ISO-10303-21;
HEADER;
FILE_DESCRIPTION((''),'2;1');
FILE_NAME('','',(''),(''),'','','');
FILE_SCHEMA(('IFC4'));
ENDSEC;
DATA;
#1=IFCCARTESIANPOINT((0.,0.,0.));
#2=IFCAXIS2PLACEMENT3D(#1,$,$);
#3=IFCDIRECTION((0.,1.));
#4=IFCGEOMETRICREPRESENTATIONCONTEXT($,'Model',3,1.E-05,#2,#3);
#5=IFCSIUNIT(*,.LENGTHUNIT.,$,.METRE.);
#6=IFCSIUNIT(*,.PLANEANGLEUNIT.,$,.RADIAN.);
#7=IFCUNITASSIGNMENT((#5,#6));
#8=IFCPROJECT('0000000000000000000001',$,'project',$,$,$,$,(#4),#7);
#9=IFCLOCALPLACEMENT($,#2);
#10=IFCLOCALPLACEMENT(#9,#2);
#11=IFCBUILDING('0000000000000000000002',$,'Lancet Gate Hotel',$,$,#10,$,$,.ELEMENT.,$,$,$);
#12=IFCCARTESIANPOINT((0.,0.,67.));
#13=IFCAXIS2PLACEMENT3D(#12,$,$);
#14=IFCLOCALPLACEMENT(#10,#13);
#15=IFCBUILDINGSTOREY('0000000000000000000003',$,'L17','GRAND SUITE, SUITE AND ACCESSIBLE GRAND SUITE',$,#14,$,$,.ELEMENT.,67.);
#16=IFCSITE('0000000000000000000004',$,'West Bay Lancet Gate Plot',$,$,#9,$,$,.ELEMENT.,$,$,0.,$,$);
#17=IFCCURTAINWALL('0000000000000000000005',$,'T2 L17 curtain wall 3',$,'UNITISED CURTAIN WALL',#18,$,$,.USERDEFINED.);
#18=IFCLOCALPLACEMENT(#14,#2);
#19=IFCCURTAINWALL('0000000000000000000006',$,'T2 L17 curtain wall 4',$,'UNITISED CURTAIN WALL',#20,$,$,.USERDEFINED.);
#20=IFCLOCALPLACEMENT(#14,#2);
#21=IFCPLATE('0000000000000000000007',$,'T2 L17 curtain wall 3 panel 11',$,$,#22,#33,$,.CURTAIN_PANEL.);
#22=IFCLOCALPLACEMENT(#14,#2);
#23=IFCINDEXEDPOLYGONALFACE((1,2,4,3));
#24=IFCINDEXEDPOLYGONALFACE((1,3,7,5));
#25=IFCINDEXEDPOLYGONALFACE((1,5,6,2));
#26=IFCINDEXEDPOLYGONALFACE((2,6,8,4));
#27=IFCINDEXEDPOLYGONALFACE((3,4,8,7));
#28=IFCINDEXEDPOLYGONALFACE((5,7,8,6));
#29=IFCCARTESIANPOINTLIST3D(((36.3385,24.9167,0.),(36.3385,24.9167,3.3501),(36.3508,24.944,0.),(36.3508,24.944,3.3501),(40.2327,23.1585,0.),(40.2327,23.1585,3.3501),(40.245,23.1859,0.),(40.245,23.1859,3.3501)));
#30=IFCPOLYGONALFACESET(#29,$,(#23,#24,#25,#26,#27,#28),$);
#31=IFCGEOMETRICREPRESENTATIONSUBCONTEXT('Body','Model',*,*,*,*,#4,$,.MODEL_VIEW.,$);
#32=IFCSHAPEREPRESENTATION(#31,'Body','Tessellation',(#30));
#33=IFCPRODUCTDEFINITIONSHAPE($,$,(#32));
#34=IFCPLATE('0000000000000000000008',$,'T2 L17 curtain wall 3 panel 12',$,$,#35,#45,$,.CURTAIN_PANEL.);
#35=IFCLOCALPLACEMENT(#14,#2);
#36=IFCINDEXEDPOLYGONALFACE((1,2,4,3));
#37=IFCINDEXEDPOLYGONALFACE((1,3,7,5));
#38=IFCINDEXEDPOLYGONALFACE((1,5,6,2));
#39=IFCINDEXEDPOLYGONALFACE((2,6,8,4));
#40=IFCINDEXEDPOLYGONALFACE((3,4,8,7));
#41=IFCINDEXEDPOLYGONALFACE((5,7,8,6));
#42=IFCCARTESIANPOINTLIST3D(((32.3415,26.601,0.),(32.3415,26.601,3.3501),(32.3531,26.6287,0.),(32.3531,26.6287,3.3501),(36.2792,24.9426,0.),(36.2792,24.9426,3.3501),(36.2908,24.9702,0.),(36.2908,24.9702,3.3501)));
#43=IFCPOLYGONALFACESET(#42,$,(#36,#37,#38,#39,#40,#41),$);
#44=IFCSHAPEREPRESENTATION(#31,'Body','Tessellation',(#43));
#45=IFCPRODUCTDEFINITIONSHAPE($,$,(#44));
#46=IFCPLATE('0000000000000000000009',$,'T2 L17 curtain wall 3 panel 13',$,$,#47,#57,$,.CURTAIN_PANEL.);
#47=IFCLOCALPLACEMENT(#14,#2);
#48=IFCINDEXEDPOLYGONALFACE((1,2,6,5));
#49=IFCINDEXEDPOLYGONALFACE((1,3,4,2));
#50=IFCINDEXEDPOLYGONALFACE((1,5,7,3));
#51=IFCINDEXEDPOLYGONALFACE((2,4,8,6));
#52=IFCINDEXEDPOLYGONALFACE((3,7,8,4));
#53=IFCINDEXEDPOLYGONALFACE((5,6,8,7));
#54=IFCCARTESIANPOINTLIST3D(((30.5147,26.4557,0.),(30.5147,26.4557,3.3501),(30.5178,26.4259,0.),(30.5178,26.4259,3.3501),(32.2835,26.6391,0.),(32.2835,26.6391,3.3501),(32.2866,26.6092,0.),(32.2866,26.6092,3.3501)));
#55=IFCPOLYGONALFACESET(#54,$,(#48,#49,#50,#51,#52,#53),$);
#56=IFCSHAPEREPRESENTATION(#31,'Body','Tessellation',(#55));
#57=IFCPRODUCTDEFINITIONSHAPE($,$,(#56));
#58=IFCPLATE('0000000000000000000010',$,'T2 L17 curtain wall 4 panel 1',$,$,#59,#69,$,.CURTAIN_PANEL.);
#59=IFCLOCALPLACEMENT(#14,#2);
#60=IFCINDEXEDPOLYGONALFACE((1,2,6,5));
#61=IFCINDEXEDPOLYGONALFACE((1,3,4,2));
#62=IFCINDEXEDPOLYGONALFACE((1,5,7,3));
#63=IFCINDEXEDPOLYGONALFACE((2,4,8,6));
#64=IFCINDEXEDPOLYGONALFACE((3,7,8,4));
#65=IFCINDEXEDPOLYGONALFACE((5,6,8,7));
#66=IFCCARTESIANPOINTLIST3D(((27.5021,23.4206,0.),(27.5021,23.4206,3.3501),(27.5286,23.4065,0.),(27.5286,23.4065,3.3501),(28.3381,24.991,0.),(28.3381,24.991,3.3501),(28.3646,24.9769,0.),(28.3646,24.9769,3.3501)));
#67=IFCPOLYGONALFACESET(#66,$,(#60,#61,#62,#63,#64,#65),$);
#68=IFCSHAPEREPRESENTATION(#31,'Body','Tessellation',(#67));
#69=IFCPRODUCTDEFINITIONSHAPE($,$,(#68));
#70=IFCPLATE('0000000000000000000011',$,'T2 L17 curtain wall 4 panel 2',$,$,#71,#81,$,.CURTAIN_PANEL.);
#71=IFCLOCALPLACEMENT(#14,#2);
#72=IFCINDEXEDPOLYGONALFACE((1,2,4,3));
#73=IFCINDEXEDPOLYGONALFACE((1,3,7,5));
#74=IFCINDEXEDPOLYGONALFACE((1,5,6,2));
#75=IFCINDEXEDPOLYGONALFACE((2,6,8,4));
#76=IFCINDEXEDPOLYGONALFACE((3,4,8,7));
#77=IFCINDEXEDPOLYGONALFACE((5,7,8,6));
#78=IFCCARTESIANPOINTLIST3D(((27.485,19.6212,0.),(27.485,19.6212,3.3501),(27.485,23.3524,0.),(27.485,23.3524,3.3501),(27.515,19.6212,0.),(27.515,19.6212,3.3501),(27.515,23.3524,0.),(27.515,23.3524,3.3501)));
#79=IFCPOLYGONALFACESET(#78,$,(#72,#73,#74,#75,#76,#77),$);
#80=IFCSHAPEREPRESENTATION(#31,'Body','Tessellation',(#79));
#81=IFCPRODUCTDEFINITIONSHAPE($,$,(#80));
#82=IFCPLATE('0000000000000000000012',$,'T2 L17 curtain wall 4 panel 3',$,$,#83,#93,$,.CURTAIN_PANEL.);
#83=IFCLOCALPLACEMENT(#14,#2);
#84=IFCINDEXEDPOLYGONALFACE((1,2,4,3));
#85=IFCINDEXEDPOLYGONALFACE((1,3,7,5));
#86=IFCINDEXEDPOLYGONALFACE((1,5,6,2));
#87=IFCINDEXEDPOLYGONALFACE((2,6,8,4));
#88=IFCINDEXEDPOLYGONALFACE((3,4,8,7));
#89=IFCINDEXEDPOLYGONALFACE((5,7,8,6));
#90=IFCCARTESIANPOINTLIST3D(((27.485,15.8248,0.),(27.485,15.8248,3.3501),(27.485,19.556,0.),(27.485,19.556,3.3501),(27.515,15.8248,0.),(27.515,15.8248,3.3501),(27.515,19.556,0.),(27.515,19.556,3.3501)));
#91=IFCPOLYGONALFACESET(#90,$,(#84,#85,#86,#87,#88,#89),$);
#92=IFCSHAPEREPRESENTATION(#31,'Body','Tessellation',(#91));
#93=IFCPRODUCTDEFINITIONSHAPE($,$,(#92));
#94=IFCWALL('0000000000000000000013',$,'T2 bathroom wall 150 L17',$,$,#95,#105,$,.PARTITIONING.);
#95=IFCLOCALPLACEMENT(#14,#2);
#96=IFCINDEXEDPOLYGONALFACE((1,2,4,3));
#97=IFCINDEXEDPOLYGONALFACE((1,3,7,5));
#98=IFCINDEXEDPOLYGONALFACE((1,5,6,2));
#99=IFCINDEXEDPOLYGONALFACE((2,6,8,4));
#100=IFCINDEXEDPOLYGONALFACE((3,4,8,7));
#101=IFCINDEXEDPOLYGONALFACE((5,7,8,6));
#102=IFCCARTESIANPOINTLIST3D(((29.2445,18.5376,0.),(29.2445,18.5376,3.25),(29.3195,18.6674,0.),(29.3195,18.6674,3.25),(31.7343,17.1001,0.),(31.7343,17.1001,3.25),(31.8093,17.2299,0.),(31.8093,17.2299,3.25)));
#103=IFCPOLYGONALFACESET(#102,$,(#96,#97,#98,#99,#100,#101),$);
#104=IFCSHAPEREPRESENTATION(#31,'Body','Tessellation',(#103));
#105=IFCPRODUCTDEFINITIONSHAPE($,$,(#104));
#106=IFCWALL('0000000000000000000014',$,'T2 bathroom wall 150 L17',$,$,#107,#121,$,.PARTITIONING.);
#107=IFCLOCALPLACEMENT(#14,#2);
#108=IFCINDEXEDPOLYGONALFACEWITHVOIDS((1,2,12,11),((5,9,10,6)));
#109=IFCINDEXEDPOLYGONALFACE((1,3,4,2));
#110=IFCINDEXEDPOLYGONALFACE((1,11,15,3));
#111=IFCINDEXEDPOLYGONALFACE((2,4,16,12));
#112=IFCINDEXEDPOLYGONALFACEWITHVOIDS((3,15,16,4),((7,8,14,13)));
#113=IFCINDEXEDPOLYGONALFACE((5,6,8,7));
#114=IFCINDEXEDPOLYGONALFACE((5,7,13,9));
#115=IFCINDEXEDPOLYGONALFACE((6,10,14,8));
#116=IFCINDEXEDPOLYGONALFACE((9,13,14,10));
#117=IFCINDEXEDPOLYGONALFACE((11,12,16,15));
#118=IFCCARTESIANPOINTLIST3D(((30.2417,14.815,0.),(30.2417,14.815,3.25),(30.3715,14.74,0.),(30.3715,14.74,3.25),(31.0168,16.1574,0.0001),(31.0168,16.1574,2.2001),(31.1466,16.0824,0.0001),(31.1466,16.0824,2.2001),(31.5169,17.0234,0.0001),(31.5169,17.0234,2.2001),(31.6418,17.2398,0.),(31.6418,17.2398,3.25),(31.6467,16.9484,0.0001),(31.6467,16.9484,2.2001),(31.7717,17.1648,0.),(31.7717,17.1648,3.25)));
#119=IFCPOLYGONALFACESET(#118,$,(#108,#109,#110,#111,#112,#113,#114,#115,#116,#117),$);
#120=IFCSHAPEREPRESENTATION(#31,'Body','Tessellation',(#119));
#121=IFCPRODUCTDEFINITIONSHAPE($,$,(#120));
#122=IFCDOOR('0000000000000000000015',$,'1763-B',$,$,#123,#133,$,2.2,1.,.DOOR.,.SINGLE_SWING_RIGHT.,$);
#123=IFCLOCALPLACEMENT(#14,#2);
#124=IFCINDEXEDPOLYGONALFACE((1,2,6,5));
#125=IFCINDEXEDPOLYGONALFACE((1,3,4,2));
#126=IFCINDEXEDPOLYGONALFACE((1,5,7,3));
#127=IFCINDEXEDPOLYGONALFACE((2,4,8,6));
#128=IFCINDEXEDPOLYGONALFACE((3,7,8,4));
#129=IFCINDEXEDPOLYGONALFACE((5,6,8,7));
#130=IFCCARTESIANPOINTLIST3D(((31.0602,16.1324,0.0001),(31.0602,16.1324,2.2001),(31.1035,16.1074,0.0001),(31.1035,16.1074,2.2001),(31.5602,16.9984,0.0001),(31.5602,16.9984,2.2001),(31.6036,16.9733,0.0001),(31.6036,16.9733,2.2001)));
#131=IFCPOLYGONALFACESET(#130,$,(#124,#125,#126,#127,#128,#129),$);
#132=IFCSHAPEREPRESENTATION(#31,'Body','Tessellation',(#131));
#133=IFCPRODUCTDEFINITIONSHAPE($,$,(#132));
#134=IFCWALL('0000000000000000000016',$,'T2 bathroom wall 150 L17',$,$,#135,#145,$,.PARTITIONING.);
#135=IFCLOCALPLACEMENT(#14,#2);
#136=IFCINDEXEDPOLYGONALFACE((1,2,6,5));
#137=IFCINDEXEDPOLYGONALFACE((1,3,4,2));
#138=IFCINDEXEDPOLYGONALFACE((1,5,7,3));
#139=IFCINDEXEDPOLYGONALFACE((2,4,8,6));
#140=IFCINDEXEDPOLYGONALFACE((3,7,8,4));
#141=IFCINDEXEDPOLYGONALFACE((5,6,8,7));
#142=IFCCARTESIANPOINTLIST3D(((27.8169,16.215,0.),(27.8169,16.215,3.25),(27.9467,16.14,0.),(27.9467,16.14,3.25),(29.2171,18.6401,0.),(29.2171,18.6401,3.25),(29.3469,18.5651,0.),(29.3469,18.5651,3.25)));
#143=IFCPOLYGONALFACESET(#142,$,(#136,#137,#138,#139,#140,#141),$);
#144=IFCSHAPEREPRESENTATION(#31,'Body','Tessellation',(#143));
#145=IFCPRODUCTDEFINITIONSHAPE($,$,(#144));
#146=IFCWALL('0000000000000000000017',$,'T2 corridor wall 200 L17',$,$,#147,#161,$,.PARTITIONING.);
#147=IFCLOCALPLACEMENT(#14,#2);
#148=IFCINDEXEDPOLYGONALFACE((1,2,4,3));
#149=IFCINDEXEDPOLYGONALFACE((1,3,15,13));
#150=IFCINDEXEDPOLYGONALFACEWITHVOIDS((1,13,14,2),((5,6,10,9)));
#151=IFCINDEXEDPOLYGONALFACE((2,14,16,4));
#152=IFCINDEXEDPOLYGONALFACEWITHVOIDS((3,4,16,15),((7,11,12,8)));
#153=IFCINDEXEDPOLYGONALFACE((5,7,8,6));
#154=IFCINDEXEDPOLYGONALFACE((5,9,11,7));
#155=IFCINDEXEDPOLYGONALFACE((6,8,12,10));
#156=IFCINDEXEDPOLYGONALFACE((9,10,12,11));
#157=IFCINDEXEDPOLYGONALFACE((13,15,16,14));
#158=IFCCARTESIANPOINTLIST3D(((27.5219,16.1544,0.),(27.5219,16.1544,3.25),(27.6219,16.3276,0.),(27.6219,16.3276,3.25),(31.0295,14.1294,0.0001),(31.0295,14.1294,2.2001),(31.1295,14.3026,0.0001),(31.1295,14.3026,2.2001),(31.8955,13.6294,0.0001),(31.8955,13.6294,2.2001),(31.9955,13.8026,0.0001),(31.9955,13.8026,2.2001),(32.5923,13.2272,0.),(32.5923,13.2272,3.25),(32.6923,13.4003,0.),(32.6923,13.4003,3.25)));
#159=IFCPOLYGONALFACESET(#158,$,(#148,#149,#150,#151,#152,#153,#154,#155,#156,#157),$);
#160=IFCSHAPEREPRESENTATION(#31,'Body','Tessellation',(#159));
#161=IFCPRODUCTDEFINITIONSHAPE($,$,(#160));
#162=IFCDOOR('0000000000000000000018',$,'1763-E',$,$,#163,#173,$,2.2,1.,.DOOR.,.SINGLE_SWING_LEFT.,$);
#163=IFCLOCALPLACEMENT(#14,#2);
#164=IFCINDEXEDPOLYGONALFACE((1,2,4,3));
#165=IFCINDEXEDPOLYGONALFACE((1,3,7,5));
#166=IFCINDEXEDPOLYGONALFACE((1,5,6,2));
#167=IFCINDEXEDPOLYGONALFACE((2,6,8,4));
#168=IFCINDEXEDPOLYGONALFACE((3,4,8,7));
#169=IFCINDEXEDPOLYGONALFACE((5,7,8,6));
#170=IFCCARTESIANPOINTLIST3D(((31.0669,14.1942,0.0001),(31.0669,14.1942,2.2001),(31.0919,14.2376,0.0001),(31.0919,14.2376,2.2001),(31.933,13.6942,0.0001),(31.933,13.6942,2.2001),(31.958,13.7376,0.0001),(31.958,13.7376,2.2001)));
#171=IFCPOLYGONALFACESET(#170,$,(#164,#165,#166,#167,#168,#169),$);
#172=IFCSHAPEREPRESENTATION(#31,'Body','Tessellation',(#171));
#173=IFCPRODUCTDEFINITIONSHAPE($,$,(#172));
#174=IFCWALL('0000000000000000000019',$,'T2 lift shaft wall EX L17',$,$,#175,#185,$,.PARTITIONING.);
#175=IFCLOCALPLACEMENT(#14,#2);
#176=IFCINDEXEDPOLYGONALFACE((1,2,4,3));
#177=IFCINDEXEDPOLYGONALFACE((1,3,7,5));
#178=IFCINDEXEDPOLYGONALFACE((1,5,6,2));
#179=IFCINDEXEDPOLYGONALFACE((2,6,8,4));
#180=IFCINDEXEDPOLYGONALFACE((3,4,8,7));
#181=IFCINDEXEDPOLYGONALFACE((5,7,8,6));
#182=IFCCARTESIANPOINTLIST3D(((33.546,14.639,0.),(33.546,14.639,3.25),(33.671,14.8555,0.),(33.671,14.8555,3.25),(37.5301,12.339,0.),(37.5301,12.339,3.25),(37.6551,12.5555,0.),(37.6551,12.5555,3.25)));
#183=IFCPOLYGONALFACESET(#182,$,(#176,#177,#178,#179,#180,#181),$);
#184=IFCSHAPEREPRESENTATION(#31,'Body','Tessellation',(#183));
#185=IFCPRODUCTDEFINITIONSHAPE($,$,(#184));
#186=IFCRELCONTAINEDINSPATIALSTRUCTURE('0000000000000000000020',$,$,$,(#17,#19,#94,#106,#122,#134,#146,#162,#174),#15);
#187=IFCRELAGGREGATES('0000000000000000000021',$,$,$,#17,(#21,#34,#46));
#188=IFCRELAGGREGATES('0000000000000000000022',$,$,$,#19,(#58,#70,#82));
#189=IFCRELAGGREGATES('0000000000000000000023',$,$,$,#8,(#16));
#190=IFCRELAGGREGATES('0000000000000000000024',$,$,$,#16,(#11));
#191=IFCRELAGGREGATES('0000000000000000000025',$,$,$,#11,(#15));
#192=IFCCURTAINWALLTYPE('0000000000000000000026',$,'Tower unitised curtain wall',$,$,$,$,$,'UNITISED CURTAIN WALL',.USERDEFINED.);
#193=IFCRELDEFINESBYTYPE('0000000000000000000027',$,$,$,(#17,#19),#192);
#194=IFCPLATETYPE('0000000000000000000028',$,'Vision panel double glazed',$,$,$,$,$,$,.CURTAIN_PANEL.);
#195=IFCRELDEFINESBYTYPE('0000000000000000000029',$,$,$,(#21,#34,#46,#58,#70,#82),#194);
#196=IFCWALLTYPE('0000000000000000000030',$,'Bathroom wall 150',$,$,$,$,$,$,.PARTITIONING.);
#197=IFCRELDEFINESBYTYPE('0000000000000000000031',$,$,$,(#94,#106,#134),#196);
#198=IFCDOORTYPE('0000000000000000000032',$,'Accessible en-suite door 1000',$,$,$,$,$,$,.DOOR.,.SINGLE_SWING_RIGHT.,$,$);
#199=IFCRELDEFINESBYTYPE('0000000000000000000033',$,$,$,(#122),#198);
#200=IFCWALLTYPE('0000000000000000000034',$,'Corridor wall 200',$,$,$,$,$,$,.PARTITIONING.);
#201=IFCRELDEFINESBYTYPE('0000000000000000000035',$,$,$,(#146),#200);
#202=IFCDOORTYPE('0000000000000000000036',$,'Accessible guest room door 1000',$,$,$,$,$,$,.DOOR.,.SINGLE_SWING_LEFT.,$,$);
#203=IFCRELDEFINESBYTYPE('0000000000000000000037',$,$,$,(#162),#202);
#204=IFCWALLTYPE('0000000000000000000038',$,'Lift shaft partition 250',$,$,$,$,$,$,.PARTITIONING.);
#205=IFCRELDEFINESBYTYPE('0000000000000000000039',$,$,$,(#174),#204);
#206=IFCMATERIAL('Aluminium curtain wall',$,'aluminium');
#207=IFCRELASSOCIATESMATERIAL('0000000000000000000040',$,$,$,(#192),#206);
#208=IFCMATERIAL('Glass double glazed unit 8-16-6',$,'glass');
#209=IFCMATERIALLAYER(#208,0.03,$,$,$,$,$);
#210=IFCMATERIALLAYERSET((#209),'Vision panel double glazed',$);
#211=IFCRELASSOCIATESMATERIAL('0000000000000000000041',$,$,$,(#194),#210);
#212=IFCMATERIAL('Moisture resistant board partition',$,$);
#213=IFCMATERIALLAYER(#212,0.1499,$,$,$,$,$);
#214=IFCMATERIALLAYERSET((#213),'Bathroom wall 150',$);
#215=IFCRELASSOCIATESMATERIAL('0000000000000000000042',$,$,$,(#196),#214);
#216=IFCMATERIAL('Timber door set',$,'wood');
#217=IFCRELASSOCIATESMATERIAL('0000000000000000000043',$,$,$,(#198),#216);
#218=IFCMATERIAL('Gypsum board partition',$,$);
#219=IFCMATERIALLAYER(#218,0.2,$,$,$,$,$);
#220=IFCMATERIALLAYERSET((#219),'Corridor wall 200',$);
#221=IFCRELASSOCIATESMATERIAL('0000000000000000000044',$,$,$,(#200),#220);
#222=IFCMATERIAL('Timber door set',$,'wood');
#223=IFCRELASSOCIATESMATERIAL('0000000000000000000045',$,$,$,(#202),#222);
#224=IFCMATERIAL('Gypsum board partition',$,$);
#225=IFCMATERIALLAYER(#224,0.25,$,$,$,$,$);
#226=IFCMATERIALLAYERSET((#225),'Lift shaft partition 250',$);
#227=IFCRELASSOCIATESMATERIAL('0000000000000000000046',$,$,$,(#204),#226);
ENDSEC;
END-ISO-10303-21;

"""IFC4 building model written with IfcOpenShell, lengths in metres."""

from ifc_helpers import new_model, si_unit, direction, frame, frame_2d, origin, origin_2d, place, context, subcontext, project, spatial, rectangle, extrude, material, layer, layer_set, type_object, element, fill, aggregate, save


model = new_model("IFC4")

# Units and contexts
model_context = context("Model", 3, precision=1e-05, world=origin(), true_north=direction((0.0, 1.0)))
body_context = subcontext(model_context, "Body", "Model", "MODEL_VIEW")
ifc_project = project(units=[si_unit("LENGTHUNIT", "METRE"), si_unit("PLANEANGLEUNIT", "RADIAN")], contexts=[model_context])

# Site, building, storey
site_placement = place(None, origin())
site = spatial("IfcSite", under=ifc_project, at=site_placement, Name="West Bay Lancet Gate Plot", CompositionType="ELEMENT", RefElevation=0.0)
building_placement = place(site_placement, origin())
building = spatial("IfcBuilding", under=site, at=building_placement, Name="Lancet Gate Hotel", CompositionType="ELEMENT")
storey_placement = place(building_placement, frame((0.0, 0.0, 67.0)))
storey = spatial("IfcBuildingStorey", under=building, at=storey_placement, Name="L17", Description="GRAND SUITE, SUITE AND ACCESSIBLE GRAND SUITE", CompositionType="ELEMENT", Elevation=67.0)

# Curtain walls
ifc_material_1 = material(Name="Aluminium curtain wall", Category="aluminium")
curtain_wall_type = type_object("IfcCurtainWallType", Name="Tower unitised curtain wall", ElementType="UNITISED CURTAIN WALL", PredefinedType="USERDEFINED", material=ifc_material_1)
curtain_wall_1_placement = place(storey_placement, origin())
curtain_wall_1 = element("IfcCurtainWall", 1, at=curtain_wall_1_placement, inside=storey, type_object=curtain_wall_type, Name="T2 L17 curtain wall 3", ObjectType="UNITISED CURTAIN WALL", PredefinedType="USERDEFINED")
curtain_wall_2_placement = place(storey_placement, origin())
curtain_wall_2 = element("IfcCurtainWall", 2, at=curtain_wall_2_placement, inside=storey, type_object=curtain_wall_type, Name="T2 L17 curtain wall 4", ObjectType="UNITISED CURTAIN WALL", PredefinedType="USERDEFINED")

# Plates
ifc_material_2 = material(Name="Glass double glazed unit 8-16-6", Category="glass")
ifc_layer_1 = layer(ifc_material_2, 0.03)
ifc_layer_set_1 = layer_set([ifc_layer_1], Name="Vision panel double glazed")
plate_type = type_object("IfcPlateType", Name="Vision panel double glazed", PredefinedType="CURTAIN_PANEL", material=ifc_layer_set_1)
plate_1_placement = place(storey_placement, frame((38.2917, 24.0513, 0.0), z_axis=(0.0, 0.0, 1.0), x_axis=(-0.911416, 0.411487, 0.0)))
plate_1 = element("IfcPlate", 3, at=plate_1_placement, type_object=plate_type, Name="T2 L17 curtain wall 3 panel 11", PredefinedType="CURTAIN_PANEL", context=body_context, shape_type="SweptSolid", body=[
    extrude(rectangle(XDim=4.2727, YDim=0.03, at=origin_2d()), origin(), (0.0, 0.0, 1.0), 3.3501),
])
plate_2_placement = place(storey_placement, frame((34.3162, 25.7856, 0.0), z_axis=(0.0, 0.0, 1.0), x_axis=(-0.921593, 0.388157, 0.0)))
plate_2 = element("IfcPlate", 4, at=plate_2_placement, type_object=plate_type, Name="T2 L17 curtain wall 3 panel 12", PredefinedType="CURTAIN_PANEL", context=body_context, shape_type="SweptSolid", body=[
    extrude(rectangle(XDim=4.2727, YDim=0.03, at=origin_2d()), origin(), (0.0, 0.0, 1.0), 3.3501),
])
plate_3_placement = place(storey_placement, frame((31.4006, 26.5325, 0.0), z_axis=(0.0, 0.0, 1.0), x_axis=(-0.994672, -0.103088, 0.0)))
plate_3 = element("IfcPlate", 5, at=plate_3_placement, type_object=plate_type, Name="T2 L17 curtain wall 3 panel 13", PredefinedType="CURTAIN_PANEL", context=body_context, shape_type="SweptSolid", body=[
    extrude(rectangle(XDim=1.7783, YDim=0.03, at=origin_2d()), origin(), (0.0, 0.0, 1.0), 3.3501),
])
aggregate(curtain_wall_1, [plate_1, plate_2, plate_3])
plate_4_placement = place(storey_placement, frame((27.9333, 24.1987, 0.0), z_axis=(0.0, 0.0, 1.0), x_axis=(-0.469898, -0.882721, 0.0)))
plate_4 = element("IfcPlate", 6, at=plate_4_placement, type_object=plate_type, Name="T2 L17 curtain wall 4 panel 1", PredefinedType="CURTAIN_PANEL", context=body_context, shape_type="SweptSolid", body=[
    extrude(rectangle(XDim=1.7791, YDim=0.03, at=origin_2d()), origin(), (0.0, 0.0, 1.0), 3.3501),
])
plate_5_placement = place(storey_placement, frame((27.5, 21.4868, 0.0), z_axis=(0.0, 0.0, 1.0), x_axis=(0.0, -1.0, 0.0)))
plate_5 = element("IfcPlate", 7, at=plate_5_placement, type_object=plate_type, Name="T2 L17 curtain wall 4 panel 2", PredefinedType="CURTAIN_PANEL", context=body_context, shape_type="SweptSolid", body=[
    extrude(rectangle(XDim=3.7312, YDim=0.03, at=origin_2d()), origin(), (0.0, 0.0, 1.0), 3.3501),
])
plate_6_placement = place(storey_placement, frame((27.5, 17.6904, 0.0), z_axis=(0.0, 0.0, 1.0), x_axis=(0.0, -1.0, 0.0)))
plate_6 = element("IfcPlate", 8, at=plate_6_placement, type_object=plate_type, Name="T2 L17 curtain wall 4 panel 3", PredefinedType="CURTAIN_PANEL", context=body_context, shape_type="SweptSolid", body=[
    extrude(rectangle(XDim=3.7312, YDim=0.03, at=origin_2d()), origin(), (0.0, 0.0, 1.0), 3.3501),
])
aggregate(curtain_wall_2, [plate_4, plate_5, plate_6])

# Wall
ifc_material_3 = material(Name="Moisture resistant board partition")
ifc_layer_2 = layer(ifc_material_3, 0.1499)
ifc_layer_set_2 = layer_set([ifc_layer_2], Name="Bathroom wall 150")
wall_type_1 = type_object("IfcWallType", Name="Bathroom wall 150", PredefinedType="PARTITIONING", material=ifc_layer_set_2)
wall_1_placement = place(storey_placement, frame((29.282, 18.6025, 0.0), z_axis=(0.0, 0.0, 1.0), x_axis=(0.866019, -0.500012, 0.0)))
element("IfcWall", 9, at=wall_1_placement, inside=storey, type_object=wall_type_1, Name="T2 bathroom wall 150 L17", PredefinedType="PARTITIONING", context=body_context, shape_type="SweptSolid", body=[
    extrude(rectangle(XDim=2.875, YDim=0.1499, at=frame_2d((1.4375, 0.0))), origin(), (0.0, 0.0, 1.0), 3.25),
])

# Wall, opening, door
wall_2_placement = place(storey_placement, frame((30.3066, 14.7776, 0.0), z_axis=(0.0, 0.0, 1.0), x_axis=(0.50005, 0.865997, 0.0)))
wall_2 = element("IfcWall", 10, at=wall_2_placement, inside=storey, type_object=wall_type_1, Name="T2 bathroom wall 150 L17", PredefinedType="PARTITIONING", context=body_context, shape_type="SweptSolid", body=[
    extrude(rectangle(XDim=2.8, YDim=0.1499, at=frame_2d((1.3999, 0.0))), origin(), (0.0, 0.0, 1.0), 3.25),
])
opening_1_placement = place(wall_2_placement, frame((1.55, 0.0, 0.0)))
opening_1 = element("IfcOpeningElement", 11, at=opening_1_placement, cuts=wall_2, PredefinedType="OPENING", context=body_context, shape_type="SweptSolid", body=[
    extrude(rectangle(XDim=1.0, YDim=2.2, at=frame_2d((0.5, 1.1001))), frame((0.0, 0.085, 0.0), z_axis=(0.0, -1.0, 0.0), x_axis=(1.0, 0.0, 0.0)), (0.0, 0.0, 1.0), 0.1699),
])
ifc_material_4 = material(Name="Timber door set", Category="wood")
door_type_1 = type_object("IfcDoorType", Name="Accessible en-suite door 1000", OperationType="SINGLE_SWING_RIGHT", PredefinedType="DOOR", material=ifc_material_4)
door_1_placement = place(opening_1_placement, origin())
door_1 = element("IfcDoor", 12, at=door_1_placement, inside=storey, type_object=door_type_1, Name="1763-B", OperationType="SINGLE_SWING_RIGHT", OverallHeight=2.2, OverallWidth=1.0, PredefinedType="DOOR", context=body_context, shape_type="SweptSolid", body=[
    extrude(rectangle(XDim=1.0, YDim=2.2, at=frame_2d((0.5, 1.1001))), frame((0.0, 0.0249, 0.0), z_axis=(0.0, -1.0, 0.0), x_axis=(1.0, 0.0, 0.0)), (0.0, 0.0, 1.0), 0.05),
])
fill(opening_1, door_1)

# Wall
wall_3_placement = place(storey_placement, frame((27.8818, 16.1775, 0.0), z_axis=(0.0, 0.0, 1.0), x_axis=(0.500012, 0.866019, 0.0)))
element("IfcWall", 13, at=wall_3_placement, inside=storey, type_object=wall_type_1, Name="T2 bathroom wall 150 L17", PredefinedType="PARTITIONING", context=body_context, shape_type="SweptSolid", body=[
    extrude(rectangle(XDim=2.8003, YDim=0.1499, at=frame_2d((1.4001, 0.0))), origin(), (0.0, 0.0, 1.0), 3.25),
])

# Wall, opening, door
ifc_material_5 = material(Name="Gypsum board partition")
ifc_layer_3 = layer(ifc_material_5, 0.2)
ifc_layer_set_3 = layer_set([ifc_layer_3], Name="Corridor wall 200")
wall_type_2 = type_object("IfcWallType", Name="Corridor wall 200", PredefinedType="PARTITIONING", material=ifc_layer_set_3)
wall_4_placement = place(storey_placement, frame((27.572, 16.241, 0.0), z_axis=(0.0, 0.0, 1.0), x_axis=(0.866033, -0.499987, 0.0)))
wall_4 = element("IfcWall", 14, at=wall_4_placement, inside=storey, type_object=wall_type_2, Name="T2 corridor wall 200 L17", PredefinedType="PARTITIONING", context=body_context, shape_type="SweptSolid", body=[
    extrude(rectangle(XDim=5.8547, YDim=0.2, at=frame_2d((2.9272, 0.0))), origin(), (0.0, 0.0, 1.0), 3.25),
])
opening_2_placement = place(wall_4_placement, frame((4.05, 0.0, 0.0)))
opening_2 = element("IfcOpeningElement", 15, at=opening_2_placement, cuts=wall_4, PredefinedType="OPENING", context=body_context, shape_type="SweptSolid", body=[
    extrude(rectangle(XDim=1.0, YDim=2.2, at=frame_2d((0.5, 1.1001))), frame((0.0, 0.1099, 0.0), z_axis=(0.0, -1.0, 0.0), x_axis=(1.0, 0.0, 0.0)), (0.0, 0.0, 1.0), 0.22),
])
ifc_material_6 = material(Name="Timber door set", Category="wood")
door_type_2 = type_object("IfcDoorType", Name="Accessible guest room door 1000", OperationType="SINGLE_SWING_LEFT", PredefinedType="DOOR", material=ifc_material_6)
door_2_placement = place(opening_2_placement, origin())
door_2 = element("IfcDoor", 16, at=door_2_placement, inside=storey, type_object=door_type_2, Name="1763-E", OperationType="SINGLE_SWING_LEFT", OverallHeight=2.2, OverallWidth=1.0, PredefinedType="DOOR", context=body_context, shape_type="SweptSolid", body=[
    extrude(rectangle(XDim=1.0, YDim=2.2, at=frame_2d((0.5, 1.1001))), frame((0.0, 0.0249, 0.0), z_axis=(0.0, -1.0, 0.0), x_axis=(1.0, 0.0, 0.0)), (0.0, 0.0, 1.0), 0.05),
])
fill(opening_2, door_2)

# Wall
ifc_material_7 = material(Name="Gypsum board partition")
ifc_layer_4 = layer(ifc_material_7, 0.25)
ifc_layer_set_4 = layer_set([ifc_layer_4], Name="Lift shaft partition 250")
wall_type_3 = type_object("IfcWallType", Name="Lift shaft partition 250", PredefinedType="PARTITIONING", material=ifc_layer_set_4)
for number, where, z_axis, x_axis, name in (
    (17, (33.6084, 14.7473, 0.0), (0.0, 0.0, 1.0), (0.866043, -0.499969, 0.0), "T2 lift shaft wall EX L17"),
):
    element("IfcWall", number, at=place(storey_placement, frame(where, z_axis=z_axis, x_axis=x_axis)), inside=storey, type_object=wall_type_3, Name=name, PredefinedType="PARTITIONING", context=body_context, shape_type="SweptSolid", body=[
        extrude(rectangle(XDim=4.6003, YDim=0.25, at=frame_2d((2.3003, 0.0))), origin(), (0.0, 0.0, 1.0), 3.25),
    ])

save(model, "model.ifc")
